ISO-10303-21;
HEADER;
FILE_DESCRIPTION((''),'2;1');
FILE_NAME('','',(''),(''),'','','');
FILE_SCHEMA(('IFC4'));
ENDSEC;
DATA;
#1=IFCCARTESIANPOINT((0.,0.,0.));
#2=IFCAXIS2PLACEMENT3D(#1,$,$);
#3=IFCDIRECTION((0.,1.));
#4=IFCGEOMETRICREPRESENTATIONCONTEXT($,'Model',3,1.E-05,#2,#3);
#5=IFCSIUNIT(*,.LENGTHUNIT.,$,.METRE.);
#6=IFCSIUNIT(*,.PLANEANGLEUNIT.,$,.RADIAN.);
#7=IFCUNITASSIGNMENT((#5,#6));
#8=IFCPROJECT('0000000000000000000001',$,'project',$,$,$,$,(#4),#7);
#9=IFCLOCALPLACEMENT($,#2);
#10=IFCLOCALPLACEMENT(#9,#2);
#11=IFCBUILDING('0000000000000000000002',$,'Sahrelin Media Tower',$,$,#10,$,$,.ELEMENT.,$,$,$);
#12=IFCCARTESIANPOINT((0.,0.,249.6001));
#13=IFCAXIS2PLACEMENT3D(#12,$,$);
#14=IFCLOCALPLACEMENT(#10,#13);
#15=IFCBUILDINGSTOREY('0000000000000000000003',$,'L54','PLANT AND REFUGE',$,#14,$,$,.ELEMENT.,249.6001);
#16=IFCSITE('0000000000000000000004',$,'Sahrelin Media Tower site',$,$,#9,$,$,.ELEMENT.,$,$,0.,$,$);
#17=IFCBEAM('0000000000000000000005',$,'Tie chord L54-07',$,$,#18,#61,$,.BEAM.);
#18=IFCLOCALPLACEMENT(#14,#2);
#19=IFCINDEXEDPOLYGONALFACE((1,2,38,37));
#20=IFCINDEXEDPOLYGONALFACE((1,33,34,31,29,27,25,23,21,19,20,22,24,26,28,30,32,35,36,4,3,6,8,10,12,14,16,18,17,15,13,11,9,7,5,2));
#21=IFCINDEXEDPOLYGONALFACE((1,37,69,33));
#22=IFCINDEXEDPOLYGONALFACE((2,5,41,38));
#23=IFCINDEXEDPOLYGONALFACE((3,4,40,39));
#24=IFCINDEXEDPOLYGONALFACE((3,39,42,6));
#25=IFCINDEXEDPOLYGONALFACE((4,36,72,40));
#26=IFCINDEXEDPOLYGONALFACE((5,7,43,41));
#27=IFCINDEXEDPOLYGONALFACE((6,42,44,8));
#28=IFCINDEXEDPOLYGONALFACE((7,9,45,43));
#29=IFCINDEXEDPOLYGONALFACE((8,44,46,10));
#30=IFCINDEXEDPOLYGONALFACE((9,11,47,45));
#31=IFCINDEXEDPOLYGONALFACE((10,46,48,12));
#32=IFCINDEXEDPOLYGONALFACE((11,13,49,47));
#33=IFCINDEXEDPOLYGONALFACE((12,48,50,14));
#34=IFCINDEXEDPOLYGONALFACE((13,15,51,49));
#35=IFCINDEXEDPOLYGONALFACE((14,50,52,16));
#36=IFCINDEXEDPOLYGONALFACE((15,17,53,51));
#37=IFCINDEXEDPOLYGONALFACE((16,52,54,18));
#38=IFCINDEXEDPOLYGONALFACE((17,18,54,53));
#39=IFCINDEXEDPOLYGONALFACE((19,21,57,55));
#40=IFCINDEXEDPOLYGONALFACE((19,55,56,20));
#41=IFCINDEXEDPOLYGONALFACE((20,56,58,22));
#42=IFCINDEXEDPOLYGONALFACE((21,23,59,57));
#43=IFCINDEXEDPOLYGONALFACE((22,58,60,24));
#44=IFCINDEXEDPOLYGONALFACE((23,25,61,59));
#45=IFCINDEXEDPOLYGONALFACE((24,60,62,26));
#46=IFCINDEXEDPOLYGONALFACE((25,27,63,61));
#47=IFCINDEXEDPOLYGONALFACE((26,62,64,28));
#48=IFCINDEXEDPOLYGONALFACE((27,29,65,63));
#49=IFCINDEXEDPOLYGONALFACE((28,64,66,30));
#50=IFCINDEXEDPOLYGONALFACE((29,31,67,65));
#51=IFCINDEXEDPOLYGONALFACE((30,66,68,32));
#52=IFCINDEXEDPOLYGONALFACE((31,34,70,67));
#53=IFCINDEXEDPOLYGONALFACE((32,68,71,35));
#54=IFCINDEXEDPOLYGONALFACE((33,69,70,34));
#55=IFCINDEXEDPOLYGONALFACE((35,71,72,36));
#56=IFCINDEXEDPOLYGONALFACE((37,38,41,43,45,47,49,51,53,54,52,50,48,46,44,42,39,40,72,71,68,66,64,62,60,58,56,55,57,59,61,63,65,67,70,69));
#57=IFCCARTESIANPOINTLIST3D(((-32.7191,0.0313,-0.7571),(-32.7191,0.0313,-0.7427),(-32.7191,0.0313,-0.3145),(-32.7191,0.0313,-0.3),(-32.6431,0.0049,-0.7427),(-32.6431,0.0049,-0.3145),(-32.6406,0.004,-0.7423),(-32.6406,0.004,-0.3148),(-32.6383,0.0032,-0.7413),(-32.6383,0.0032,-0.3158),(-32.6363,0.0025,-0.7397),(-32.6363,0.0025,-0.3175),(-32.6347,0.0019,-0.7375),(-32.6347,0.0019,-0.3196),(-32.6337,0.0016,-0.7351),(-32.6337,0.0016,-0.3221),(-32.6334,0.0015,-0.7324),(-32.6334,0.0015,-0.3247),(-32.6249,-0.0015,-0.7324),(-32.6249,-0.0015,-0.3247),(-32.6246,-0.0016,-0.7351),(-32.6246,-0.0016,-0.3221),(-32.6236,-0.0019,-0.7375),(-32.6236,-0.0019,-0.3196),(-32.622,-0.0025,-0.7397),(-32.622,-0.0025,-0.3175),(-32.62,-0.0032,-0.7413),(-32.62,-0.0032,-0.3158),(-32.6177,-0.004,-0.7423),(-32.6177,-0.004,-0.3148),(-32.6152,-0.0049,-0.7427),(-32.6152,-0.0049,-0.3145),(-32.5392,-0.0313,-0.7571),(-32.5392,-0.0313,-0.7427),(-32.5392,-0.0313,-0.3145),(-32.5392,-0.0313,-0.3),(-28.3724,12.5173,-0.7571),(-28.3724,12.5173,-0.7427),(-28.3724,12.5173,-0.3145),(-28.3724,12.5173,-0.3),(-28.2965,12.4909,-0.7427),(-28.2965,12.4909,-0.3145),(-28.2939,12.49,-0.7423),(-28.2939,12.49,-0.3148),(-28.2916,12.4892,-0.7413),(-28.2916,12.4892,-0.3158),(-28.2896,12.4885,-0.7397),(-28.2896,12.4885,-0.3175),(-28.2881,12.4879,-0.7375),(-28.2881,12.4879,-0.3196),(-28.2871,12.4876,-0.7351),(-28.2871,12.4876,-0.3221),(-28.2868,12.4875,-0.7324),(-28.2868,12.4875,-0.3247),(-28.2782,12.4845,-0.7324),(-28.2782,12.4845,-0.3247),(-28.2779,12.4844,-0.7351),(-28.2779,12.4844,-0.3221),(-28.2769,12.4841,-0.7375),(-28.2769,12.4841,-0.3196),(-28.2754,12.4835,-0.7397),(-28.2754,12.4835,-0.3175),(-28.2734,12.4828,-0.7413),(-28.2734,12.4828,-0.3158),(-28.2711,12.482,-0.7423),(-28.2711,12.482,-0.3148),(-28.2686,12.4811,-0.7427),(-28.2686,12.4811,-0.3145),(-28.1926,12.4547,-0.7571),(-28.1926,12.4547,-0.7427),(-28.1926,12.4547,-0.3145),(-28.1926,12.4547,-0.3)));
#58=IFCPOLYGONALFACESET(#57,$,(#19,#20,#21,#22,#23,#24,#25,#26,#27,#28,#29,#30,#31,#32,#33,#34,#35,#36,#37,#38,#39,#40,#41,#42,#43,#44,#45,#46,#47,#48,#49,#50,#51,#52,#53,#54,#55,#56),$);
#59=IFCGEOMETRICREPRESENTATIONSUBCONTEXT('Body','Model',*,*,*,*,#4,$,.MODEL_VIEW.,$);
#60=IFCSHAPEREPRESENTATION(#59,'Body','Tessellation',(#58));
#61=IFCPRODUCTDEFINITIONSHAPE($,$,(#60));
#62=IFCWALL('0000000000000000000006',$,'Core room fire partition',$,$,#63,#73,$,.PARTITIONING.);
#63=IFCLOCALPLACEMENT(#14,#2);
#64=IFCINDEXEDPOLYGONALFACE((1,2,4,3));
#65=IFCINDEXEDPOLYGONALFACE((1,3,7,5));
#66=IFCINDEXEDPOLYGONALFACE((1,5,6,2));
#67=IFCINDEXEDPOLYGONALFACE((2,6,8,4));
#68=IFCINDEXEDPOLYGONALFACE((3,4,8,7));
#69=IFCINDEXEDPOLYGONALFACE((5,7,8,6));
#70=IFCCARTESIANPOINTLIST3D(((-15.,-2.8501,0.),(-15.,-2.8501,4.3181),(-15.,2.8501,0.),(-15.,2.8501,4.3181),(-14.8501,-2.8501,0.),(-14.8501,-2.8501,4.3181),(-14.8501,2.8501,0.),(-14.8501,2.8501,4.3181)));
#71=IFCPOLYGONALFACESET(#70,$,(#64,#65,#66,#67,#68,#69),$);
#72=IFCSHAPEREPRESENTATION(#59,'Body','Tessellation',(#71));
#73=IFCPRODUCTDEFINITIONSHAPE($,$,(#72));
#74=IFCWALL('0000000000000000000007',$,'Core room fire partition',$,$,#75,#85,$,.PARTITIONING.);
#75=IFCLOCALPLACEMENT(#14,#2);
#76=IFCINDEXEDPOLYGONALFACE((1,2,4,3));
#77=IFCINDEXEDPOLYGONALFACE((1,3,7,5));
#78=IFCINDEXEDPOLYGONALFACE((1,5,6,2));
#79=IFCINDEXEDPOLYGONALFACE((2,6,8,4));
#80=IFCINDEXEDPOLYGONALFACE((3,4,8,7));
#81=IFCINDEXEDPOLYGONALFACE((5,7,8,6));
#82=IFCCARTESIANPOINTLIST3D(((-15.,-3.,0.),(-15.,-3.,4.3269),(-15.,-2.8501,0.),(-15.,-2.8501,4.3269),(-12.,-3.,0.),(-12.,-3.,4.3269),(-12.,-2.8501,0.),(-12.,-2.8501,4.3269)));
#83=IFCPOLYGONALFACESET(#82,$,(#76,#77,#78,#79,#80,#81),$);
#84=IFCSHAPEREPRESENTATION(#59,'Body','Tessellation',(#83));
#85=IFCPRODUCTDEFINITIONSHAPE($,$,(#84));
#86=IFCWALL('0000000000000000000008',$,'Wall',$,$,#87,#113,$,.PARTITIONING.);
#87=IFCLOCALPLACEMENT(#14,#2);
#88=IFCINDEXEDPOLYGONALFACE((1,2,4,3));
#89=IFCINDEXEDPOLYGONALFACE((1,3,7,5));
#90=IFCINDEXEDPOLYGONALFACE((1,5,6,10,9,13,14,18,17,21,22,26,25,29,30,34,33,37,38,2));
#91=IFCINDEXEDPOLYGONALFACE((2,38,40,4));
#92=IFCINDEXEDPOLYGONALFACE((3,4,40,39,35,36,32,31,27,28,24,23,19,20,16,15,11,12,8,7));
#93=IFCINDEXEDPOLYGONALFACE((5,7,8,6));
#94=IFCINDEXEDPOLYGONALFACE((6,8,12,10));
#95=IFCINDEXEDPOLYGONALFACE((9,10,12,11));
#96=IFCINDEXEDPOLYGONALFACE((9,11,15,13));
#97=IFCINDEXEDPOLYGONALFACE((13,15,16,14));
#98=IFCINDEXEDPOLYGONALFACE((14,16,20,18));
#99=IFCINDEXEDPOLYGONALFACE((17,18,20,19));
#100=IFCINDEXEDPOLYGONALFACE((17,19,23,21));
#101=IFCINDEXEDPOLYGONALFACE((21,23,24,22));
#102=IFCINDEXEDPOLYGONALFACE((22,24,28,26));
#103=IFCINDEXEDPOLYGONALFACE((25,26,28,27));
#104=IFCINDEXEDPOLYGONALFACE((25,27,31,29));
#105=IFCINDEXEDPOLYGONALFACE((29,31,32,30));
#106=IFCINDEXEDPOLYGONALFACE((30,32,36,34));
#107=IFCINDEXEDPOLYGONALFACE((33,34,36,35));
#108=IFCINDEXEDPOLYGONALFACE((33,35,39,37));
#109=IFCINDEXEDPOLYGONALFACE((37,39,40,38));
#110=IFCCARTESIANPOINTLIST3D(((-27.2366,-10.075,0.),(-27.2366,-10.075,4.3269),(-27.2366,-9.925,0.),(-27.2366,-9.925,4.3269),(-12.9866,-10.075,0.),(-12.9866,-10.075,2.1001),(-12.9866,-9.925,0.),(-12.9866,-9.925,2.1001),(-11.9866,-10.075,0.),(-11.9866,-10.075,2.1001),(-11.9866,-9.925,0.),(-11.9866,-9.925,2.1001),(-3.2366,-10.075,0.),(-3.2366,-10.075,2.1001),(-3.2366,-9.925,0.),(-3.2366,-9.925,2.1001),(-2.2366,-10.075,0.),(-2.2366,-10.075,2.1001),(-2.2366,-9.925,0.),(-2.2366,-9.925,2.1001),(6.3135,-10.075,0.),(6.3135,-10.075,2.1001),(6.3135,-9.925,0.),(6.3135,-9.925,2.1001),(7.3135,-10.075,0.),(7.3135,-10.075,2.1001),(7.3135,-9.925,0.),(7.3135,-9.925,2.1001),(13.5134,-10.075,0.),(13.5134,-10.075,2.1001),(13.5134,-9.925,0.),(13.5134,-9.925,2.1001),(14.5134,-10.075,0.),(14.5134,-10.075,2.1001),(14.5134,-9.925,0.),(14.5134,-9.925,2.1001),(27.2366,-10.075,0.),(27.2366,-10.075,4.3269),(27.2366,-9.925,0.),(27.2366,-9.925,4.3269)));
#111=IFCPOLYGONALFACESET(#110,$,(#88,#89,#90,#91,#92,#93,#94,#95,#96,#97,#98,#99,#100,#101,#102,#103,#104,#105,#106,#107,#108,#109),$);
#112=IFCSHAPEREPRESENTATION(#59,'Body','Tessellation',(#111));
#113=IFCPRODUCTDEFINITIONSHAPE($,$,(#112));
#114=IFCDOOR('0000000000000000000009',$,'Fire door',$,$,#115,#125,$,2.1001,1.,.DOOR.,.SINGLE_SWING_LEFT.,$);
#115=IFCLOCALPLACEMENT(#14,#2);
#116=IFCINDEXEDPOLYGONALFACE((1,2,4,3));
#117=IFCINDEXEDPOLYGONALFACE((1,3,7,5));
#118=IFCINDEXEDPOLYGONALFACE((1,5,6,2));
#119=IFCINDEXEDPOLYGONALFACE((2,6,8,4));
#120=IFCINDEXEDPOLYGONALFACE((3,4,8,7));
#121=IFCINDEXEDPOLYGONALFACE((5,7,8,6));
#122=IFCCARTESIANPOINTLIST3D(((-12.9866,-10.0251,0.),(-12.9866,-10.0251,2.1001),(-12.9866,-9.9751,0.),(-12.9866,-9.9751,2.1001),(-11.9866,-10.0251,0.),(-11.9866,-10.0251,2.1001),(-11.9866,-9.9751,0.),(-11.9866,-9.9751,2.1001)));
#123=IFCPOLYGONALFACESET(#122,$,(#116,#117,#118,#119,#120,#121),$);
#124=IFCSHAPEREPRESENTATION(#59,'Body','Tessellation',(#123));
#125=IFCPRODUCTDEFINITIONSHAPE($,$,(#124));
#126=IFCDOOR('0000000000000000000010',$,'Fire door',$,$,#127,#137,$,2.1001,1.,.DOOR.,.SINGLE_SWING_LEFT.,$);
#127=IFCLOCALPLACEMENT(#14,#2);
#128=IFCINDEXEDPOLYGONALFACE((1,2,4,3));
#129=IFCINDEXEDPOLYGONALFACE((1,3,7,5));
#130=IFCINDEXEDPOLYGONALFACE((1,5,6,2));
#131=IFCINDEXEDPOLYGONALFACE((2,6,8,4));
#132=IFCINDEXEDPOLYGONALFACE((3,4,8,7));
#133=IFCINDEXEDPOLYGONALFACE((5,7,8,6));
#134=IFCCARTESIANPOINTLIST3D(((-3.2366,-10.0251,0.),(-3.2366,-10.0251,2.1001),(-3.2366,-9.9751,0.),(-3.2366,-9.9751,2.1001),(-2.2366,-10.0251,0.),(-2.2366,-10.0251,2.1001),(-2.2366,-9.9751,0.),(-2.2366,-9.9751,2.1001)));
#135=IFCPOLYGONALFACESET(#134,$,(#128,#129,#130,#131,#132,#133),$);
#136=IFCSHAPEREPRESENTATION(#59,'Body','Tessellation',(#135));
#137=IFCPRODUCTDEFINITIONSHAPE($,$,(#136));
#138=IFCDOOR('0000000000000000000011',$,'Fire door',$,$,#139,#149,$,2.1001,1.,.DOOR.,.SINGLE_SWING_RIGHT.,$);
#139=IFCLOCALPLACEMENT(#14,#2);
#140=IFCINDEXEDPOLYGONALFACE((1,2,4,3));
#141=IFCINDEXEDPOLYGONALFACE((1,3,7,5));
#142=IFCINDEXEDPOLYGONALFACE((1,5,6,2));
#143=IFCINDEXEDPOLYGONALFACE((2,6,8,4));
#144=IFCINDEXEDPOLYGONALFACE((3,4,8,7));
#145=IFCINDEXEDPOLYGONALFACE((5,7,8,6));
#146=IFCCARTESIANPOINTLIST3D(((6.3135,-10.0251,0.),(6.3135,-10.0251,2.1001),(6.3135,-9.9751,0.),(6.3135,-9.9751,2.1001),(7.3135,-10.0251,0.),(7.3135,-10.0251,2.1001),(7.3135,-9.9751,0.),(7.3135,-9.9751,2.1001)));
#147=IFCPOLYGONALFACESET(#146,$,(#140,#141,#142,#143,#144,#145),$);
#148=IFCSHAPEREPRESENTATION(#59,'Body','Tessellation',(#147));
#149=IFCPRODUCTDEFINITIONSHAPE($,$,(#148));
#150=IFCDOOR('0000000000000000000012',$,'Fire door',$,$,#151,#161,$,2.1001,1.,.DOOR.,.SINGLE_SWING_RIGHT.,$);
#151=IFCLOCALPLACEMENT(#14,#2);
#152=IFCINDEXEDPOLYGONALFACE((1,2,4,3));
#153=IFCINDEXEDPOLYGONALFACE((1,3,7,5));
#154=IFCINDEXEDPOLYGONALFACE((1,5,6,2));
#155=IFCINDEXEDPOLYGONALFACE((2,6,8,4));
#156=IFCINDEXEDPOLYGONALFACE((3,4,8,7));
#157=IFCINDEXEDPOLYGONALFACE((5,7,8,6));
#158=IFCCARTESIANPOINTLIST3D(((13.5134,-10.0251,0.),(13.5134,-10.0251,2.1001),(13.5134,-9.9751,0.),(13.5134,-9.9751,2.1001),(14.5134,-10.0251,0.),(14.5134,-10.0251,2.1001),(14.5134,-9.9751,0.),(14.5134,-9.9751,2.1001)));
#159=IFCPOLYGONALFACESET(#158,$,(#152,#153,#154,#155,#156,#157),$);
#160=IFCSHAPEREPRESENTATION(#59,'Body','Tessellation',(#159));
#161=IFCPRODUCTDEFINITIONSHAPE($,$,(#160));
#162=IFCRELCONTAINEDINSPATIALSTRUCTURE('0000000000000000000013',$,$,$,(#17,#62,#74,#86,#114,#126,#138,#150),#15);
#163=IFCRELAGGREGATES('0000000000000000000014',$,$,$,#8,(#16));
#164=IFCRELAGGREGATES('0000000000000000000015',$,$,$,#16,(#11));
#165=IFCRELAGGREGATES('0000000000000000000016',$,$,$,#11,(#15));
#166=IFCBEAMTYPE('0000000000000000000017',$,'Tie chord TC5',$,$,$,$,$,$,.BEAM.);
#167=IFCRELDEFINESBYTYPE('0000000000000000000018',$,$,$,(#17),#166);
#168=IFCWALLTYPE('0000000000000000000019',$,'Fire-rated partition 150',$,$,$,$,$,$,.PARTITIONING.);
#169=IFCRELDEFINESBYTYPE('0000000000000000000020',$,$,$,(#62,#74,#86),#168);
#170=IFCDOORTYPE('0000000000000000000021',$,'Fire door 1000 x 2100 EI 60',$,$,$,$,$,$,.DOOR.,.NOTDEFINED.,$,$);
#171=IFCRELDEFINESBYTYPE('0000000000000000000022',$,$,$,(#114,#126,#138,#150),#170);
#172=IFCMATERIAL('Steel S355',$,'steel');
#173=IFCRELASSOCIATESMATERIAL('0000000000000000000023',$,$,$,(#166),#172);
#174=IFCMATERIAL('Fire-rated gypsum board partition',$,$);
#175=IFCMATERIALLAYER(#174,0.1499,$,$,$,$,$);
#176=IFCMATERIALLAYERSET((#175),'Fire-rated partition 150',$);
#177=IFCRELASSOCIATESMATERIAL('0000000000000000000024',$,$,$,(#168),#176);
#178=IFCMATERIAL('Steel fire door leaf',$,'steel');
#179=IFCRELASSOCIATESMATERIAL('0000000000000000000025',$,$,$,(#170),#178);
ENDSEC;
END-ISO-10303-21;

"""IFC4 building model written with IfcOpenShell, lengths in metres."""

from ifc_helpers import new_model, si_unit, direction, frame, frame_2d, origin, origin_2d, place, context, subcontext, project, spatial, rectangle, i_section, extrude, material, layer, layer_set, material_profile, profile_set, type_object, element, fill, save


model = new_model("IFC4")

# Units and contexts
model_context = context("Model", 3, precision=1e-05, world=origin(), true_north=direction((0.0, 1.0)))
body_context = subcontext(model_context, "Body", "Model", "MODEL_VIEW")
ifc_project = project(units=[si_unit("LENGTHUNIT", "METRE"), si_unit("PLANEANGLEUNIT", "RADIAN")], contexts=[model_context])

# Site, building, storey
site_placement = place(None, origin())
site = spatial("IfcSite", under=ifc_project, at=site_placement, Name="Sahrelin Media Tower site", CompositionType="ELEMENT", RefElevation=0.0)
building_placement = place(site_placement, origin())
building = spatial("IfcBuilding", under=site, at=building_placement, Name="Sahrelin Media Tower", CompositionType="ELEMENT")
storey_placement = place(building_placement, frame((0.0, 0.0, 249.6001)))
storey = spatial("IfcBuildingStorey", under=building, at=storey_placement, Name="L54", Description="PLANT AND REFUGE", CompositionType="ELEMENT", Elevation=249.6001)

# Beam
ifc_material_1 = material(Name="Steel S355", Category="steel")
ifc_material_profile_1 = material_profile(ifc_material_1, i_section(OverallWidth=0.1904, OverallDepth=0.457, WebThickness=0.009, FlangeThickness=0.0144, FilletRadius=0.0103, at=origin_2d()), Name="UB 457x191x74")
ifc_profile_set_1 = profile_set([ifc_material_profile_1], Name="Steel S355")
beam_type_1 = type_object("IfcBeamType", Name="Tie chord TC5", PredefinedType="BEAM", material=ifc_profile_set_1)
beam_1_placement = place(storey_placement, frame((-32.6292, 0.0, -0.5286), z_axis=(0.32877, 0.94441, 0.0), x_axis=(-0.94441, 0.32877, 0.0)))
element("IfcBeam", 1, at=beam_1_placement, inside=storey, type_object=beam_type_1, Name="Tie chord L54-07", PredefinedType="BEAM", context=body_context, shape_type="SweptSolid", body=[
    extrude(i_section(OverallWidth=0.1904, OverallDepth=0.457, WebThickness=0.009, FlangeThickness=0.0144, FilletRadius=0.0103, at=origin_2d()), origin(), (0.0, 0.0, 1.0), 13.2209),
])

# Walls
ifc_material_2 = material(Name="Fire-rated gypsum board partition")
ifc_layer = layer(ifc_material_2, 0.1499)
ifc_layer_set = layer_set([ifc_layer], Name="Fire-rated partition 150")
wall_type = type_object("IfcWallType", Name="Fire-rated partition 150", PredefinedType="PARTITIONING", material=ifc_layer_set)
wall_1_placement = place(storey_placement, frame((-14.925, -2.8501, 0.0), z_axis=(0.0, 0.0, 1.0), x_axis=(0.0, 1.0, 0.0)))
element("IfcWall", 2, at=wall_1_placement, inside=storey, type_object=wall_type, Name="Core room fire partition", PredefinedType="PARTITIONING", context=body_context, shape_type="SweptSolid", body=[
    extrude(rectangle(XDim=5.7002, YDim=0.1499, at=frame_2d((2.8501, 0.0))), origin(), (0.0, 0.0, 1.0), 4.3181),
])
wall_2_placement = place(storey_placement, frame((-15.0, -2.925, 0.0), z_axis=(0.0, 0.0, 1.0), x_axis=(1.0, 0.0, 0.0)))
element("IfcWall", 3, at=wall_2_placement, inside=storey, type_object=wall_type, Name="Core room fire partition", PredefinedType="PARTITIONING", context=body_context, shape_type="SweptSolid", body=[
    extrude(rectangle(XDim=3.0, YDim=0.1499, at=frame_2d((1.5, 0.0))), origin(), (0.0, 0.0, 1.0), 4.3269),
])

# Wall, openings, doors
wall_3_placement = place(storey_placement, frame((-27.2366, -10.0, 0.0), z_axis=(0.0, 0.0, 1.0), x_axis=(1.0, 0.0, 0.0)))
wall_3 = element("IfcWall", 4, at=wall_3_placement, inside=storey, type_object=wall_type, Name="Wall", PredefinedType="PARTITIONING", context=body_context, shape_type="SweptSolid", body=[
    extrude(rectangle(XDim=54.4731, YDim=0.1499, at=frame_2d((27.2366, 0.0))), origin(), (0.0, 0.0, 1.0), 4.3269),
])
opening_1_placement = place(wall_3_placement, frame((14.25, 0.0, 0.0)))
opening_1 = element("IfcOpeningElement", 5, at=opening_1_placement, cuts=wall_3, PredefinedType="OPENING", context=body_context, shape_type="SweptSolid", body=[
    extrude(rectangle(XDim=1.0, YDim=2.1001, at=frame_2d((0.5, 1.05))), frame((0.0, 0.075, 0.0), z_axis=(0.0, -1.0, 0.0), x_axis=(1.0, 0.0, 0.0)), (0.0, 0.0, 1.0), 0.1499),
])
opening_2_placement = place(wall_3_placement, frame((24.0, 0.0, 0.0)))
opening_2 = element("IfcOpeningElement", 6, at=opening_2_placement, cuts=wall_3, PredefinedType="OPENING", context=body_context, shape_type="SweptSolid", body=[
    extrude(rectangle(XDim=1.0, YDim=2.1001, at=frame_2d((0.5, 1.05))), frame((0.0, 0.075, 0.0), z_axis=(0.0, -1.0, 0.0), x_axis=(1.0, 0.0, 0.0)), (0.0, 0.0, 1.0), 0.1499),
])
opening_3_placement = place(wall_3_placement, frame((33.55, 0.0, 0.0)))
opening_3 = element("IfcOpeningElement", 7, at=opening_3_placement, cuts=wall_3, PredefinedType="OPENING", context=body_context, shape_type="SweptSolid", body=[
    extrude(rectangle(XDim=1.0, YDim=2.1001, at=frame_2d((0.5, 1.05))), frame((0.0, 0.075, 0.0), z_axis=(0.0, -1.0, 0.0), x_axis=(1.0, 0.0, 0.0)), (0.0, 0.0, 1.0), 0.1499),
])
opening_4_placement = place(wall_3_placement, frame((40.75, 0.0, 0.0)))
opening_4 = element("IfcOpeningElement", 8, at=opening_4_placement, cuts=wall_3, PredefinedType="OPENING", context=body_context, shape_type="SweptSolid", body=[
    extrude(rectangle(XDim=1.0, YDim=2.1001, at=frame_2d((0.5, 1.05))), frame((0.0, 0.075, 0.0), z_axis=(0.0, -1.0, 0.0), x_axis=(1.0, 0.0, 0.0)), (0.0, 0.0, 1.0), 0.1499),
])
ifc_material_3 = material(Name="Steel fire door leaf", Category="steel")
door_type = type_object("IfcDoorType", Name="Fire door 1000 x 2100 EI 60", OperationType="NOTDEFINED", PredefinedType="DOOR", material=ifc_material_3)
door_1_placement = place(opening_1_placement, origin())
door_1 = element("IfcDoor", 9, at=door_1_placement, inside=storey, type_object=door_type, Name="Fire door", OperationType="SINGLE_SWING_LEFT", OverallHeight=2.1001, OverallWidth=1.0, PredefinedType="DOOR", context=body_context, shape_type="SweptSolid", body=[
    extrude(rectangle(XDim=1.0, YDim=2.1001, at=frame_2d((0.5, 1.05))), frame((0.0, 0.0249, 0.0), z_axis=(0.0, -1.0, 0.0), x_axis=(1.0, 0.0, 0.0)), (0.0, 0.0, 1.0), 0.05),
])
fill(opening_1, door_1)
door_2_placement = place(opening_2_placement, origin())
door_2 = element("IfcDoor", 10, at=door_2_placement, inside=storey, type_object=door_type, Name="Fire door", OperationType="SINGLE_SWING_LEFT", OverallHeight=2.1001, OverallWidth=1.0, PredefinedType="DOOR", context=body_context, shape_type="SweptSolid", body=[
    extrude(rectangle(XDim=1.0, YDim=2.1001, at=frame_2d((0.5, 1.05))), frame((0.0, 0.0249, 0.0), z_axis=(0.0, -1.0, 0.0), x_axis=(1.0, 0.0, 0.0)), (0.0, 0.0, 1.0), 0.05),
])
fill(opening_2, door_2)
door_3_placement = place(opening_3_placement, origin())
door_3 = element("IfcDoor", 11, at=door_3_placement, inside=storey, type_object=door_type, Name="Fire door", OperationType="SINGLE_SWING_RIGHT", OverallHeight=2.1001, OverallWidth=1.0, PredefinedType="DOOR", context=body_context, shape_type="SweptSolid", body=[
    extrude(rectangle(XDim=1.0, YDim=2.1001, at=frame_2d((0.5, 1.05))), frame((0.0, 0.0249, 0.0), z_axis=(0.0, -1.0, 0.0), x_axis=(1.0, 0.0, 0.0)), (0.0, 0.0, 1.0), 0.05),
])
fill(opening_3, door_3)
door_4_placement = place(opening_4_placement, origin())
door_4 = element("IfcDoor", 12, at=door_4_placement, inside=storey, type_object=door_type, Name="Fire door", OperationType="SINGLE_SWING_RIGHT", OverallHeight=2.1001, OverallWidth=1.0, PredefinedType="DOOR", context=body_context, shape_type="SweptSolid", body=[
    extrude(rectangle(XDim=1.0, YDim=2.1001, at=frame_2d((0.5, 1.05))), frame((0.0, 0.0249, 0.0), z_axis=(0.0, -1.0, 0.0), x_axis=(1.0, 0.0, 0.0)), (0.0, 0.0, 1.0), 0.05),
])
fill(opening_4, door_4)

save(model, "model.ifc")
